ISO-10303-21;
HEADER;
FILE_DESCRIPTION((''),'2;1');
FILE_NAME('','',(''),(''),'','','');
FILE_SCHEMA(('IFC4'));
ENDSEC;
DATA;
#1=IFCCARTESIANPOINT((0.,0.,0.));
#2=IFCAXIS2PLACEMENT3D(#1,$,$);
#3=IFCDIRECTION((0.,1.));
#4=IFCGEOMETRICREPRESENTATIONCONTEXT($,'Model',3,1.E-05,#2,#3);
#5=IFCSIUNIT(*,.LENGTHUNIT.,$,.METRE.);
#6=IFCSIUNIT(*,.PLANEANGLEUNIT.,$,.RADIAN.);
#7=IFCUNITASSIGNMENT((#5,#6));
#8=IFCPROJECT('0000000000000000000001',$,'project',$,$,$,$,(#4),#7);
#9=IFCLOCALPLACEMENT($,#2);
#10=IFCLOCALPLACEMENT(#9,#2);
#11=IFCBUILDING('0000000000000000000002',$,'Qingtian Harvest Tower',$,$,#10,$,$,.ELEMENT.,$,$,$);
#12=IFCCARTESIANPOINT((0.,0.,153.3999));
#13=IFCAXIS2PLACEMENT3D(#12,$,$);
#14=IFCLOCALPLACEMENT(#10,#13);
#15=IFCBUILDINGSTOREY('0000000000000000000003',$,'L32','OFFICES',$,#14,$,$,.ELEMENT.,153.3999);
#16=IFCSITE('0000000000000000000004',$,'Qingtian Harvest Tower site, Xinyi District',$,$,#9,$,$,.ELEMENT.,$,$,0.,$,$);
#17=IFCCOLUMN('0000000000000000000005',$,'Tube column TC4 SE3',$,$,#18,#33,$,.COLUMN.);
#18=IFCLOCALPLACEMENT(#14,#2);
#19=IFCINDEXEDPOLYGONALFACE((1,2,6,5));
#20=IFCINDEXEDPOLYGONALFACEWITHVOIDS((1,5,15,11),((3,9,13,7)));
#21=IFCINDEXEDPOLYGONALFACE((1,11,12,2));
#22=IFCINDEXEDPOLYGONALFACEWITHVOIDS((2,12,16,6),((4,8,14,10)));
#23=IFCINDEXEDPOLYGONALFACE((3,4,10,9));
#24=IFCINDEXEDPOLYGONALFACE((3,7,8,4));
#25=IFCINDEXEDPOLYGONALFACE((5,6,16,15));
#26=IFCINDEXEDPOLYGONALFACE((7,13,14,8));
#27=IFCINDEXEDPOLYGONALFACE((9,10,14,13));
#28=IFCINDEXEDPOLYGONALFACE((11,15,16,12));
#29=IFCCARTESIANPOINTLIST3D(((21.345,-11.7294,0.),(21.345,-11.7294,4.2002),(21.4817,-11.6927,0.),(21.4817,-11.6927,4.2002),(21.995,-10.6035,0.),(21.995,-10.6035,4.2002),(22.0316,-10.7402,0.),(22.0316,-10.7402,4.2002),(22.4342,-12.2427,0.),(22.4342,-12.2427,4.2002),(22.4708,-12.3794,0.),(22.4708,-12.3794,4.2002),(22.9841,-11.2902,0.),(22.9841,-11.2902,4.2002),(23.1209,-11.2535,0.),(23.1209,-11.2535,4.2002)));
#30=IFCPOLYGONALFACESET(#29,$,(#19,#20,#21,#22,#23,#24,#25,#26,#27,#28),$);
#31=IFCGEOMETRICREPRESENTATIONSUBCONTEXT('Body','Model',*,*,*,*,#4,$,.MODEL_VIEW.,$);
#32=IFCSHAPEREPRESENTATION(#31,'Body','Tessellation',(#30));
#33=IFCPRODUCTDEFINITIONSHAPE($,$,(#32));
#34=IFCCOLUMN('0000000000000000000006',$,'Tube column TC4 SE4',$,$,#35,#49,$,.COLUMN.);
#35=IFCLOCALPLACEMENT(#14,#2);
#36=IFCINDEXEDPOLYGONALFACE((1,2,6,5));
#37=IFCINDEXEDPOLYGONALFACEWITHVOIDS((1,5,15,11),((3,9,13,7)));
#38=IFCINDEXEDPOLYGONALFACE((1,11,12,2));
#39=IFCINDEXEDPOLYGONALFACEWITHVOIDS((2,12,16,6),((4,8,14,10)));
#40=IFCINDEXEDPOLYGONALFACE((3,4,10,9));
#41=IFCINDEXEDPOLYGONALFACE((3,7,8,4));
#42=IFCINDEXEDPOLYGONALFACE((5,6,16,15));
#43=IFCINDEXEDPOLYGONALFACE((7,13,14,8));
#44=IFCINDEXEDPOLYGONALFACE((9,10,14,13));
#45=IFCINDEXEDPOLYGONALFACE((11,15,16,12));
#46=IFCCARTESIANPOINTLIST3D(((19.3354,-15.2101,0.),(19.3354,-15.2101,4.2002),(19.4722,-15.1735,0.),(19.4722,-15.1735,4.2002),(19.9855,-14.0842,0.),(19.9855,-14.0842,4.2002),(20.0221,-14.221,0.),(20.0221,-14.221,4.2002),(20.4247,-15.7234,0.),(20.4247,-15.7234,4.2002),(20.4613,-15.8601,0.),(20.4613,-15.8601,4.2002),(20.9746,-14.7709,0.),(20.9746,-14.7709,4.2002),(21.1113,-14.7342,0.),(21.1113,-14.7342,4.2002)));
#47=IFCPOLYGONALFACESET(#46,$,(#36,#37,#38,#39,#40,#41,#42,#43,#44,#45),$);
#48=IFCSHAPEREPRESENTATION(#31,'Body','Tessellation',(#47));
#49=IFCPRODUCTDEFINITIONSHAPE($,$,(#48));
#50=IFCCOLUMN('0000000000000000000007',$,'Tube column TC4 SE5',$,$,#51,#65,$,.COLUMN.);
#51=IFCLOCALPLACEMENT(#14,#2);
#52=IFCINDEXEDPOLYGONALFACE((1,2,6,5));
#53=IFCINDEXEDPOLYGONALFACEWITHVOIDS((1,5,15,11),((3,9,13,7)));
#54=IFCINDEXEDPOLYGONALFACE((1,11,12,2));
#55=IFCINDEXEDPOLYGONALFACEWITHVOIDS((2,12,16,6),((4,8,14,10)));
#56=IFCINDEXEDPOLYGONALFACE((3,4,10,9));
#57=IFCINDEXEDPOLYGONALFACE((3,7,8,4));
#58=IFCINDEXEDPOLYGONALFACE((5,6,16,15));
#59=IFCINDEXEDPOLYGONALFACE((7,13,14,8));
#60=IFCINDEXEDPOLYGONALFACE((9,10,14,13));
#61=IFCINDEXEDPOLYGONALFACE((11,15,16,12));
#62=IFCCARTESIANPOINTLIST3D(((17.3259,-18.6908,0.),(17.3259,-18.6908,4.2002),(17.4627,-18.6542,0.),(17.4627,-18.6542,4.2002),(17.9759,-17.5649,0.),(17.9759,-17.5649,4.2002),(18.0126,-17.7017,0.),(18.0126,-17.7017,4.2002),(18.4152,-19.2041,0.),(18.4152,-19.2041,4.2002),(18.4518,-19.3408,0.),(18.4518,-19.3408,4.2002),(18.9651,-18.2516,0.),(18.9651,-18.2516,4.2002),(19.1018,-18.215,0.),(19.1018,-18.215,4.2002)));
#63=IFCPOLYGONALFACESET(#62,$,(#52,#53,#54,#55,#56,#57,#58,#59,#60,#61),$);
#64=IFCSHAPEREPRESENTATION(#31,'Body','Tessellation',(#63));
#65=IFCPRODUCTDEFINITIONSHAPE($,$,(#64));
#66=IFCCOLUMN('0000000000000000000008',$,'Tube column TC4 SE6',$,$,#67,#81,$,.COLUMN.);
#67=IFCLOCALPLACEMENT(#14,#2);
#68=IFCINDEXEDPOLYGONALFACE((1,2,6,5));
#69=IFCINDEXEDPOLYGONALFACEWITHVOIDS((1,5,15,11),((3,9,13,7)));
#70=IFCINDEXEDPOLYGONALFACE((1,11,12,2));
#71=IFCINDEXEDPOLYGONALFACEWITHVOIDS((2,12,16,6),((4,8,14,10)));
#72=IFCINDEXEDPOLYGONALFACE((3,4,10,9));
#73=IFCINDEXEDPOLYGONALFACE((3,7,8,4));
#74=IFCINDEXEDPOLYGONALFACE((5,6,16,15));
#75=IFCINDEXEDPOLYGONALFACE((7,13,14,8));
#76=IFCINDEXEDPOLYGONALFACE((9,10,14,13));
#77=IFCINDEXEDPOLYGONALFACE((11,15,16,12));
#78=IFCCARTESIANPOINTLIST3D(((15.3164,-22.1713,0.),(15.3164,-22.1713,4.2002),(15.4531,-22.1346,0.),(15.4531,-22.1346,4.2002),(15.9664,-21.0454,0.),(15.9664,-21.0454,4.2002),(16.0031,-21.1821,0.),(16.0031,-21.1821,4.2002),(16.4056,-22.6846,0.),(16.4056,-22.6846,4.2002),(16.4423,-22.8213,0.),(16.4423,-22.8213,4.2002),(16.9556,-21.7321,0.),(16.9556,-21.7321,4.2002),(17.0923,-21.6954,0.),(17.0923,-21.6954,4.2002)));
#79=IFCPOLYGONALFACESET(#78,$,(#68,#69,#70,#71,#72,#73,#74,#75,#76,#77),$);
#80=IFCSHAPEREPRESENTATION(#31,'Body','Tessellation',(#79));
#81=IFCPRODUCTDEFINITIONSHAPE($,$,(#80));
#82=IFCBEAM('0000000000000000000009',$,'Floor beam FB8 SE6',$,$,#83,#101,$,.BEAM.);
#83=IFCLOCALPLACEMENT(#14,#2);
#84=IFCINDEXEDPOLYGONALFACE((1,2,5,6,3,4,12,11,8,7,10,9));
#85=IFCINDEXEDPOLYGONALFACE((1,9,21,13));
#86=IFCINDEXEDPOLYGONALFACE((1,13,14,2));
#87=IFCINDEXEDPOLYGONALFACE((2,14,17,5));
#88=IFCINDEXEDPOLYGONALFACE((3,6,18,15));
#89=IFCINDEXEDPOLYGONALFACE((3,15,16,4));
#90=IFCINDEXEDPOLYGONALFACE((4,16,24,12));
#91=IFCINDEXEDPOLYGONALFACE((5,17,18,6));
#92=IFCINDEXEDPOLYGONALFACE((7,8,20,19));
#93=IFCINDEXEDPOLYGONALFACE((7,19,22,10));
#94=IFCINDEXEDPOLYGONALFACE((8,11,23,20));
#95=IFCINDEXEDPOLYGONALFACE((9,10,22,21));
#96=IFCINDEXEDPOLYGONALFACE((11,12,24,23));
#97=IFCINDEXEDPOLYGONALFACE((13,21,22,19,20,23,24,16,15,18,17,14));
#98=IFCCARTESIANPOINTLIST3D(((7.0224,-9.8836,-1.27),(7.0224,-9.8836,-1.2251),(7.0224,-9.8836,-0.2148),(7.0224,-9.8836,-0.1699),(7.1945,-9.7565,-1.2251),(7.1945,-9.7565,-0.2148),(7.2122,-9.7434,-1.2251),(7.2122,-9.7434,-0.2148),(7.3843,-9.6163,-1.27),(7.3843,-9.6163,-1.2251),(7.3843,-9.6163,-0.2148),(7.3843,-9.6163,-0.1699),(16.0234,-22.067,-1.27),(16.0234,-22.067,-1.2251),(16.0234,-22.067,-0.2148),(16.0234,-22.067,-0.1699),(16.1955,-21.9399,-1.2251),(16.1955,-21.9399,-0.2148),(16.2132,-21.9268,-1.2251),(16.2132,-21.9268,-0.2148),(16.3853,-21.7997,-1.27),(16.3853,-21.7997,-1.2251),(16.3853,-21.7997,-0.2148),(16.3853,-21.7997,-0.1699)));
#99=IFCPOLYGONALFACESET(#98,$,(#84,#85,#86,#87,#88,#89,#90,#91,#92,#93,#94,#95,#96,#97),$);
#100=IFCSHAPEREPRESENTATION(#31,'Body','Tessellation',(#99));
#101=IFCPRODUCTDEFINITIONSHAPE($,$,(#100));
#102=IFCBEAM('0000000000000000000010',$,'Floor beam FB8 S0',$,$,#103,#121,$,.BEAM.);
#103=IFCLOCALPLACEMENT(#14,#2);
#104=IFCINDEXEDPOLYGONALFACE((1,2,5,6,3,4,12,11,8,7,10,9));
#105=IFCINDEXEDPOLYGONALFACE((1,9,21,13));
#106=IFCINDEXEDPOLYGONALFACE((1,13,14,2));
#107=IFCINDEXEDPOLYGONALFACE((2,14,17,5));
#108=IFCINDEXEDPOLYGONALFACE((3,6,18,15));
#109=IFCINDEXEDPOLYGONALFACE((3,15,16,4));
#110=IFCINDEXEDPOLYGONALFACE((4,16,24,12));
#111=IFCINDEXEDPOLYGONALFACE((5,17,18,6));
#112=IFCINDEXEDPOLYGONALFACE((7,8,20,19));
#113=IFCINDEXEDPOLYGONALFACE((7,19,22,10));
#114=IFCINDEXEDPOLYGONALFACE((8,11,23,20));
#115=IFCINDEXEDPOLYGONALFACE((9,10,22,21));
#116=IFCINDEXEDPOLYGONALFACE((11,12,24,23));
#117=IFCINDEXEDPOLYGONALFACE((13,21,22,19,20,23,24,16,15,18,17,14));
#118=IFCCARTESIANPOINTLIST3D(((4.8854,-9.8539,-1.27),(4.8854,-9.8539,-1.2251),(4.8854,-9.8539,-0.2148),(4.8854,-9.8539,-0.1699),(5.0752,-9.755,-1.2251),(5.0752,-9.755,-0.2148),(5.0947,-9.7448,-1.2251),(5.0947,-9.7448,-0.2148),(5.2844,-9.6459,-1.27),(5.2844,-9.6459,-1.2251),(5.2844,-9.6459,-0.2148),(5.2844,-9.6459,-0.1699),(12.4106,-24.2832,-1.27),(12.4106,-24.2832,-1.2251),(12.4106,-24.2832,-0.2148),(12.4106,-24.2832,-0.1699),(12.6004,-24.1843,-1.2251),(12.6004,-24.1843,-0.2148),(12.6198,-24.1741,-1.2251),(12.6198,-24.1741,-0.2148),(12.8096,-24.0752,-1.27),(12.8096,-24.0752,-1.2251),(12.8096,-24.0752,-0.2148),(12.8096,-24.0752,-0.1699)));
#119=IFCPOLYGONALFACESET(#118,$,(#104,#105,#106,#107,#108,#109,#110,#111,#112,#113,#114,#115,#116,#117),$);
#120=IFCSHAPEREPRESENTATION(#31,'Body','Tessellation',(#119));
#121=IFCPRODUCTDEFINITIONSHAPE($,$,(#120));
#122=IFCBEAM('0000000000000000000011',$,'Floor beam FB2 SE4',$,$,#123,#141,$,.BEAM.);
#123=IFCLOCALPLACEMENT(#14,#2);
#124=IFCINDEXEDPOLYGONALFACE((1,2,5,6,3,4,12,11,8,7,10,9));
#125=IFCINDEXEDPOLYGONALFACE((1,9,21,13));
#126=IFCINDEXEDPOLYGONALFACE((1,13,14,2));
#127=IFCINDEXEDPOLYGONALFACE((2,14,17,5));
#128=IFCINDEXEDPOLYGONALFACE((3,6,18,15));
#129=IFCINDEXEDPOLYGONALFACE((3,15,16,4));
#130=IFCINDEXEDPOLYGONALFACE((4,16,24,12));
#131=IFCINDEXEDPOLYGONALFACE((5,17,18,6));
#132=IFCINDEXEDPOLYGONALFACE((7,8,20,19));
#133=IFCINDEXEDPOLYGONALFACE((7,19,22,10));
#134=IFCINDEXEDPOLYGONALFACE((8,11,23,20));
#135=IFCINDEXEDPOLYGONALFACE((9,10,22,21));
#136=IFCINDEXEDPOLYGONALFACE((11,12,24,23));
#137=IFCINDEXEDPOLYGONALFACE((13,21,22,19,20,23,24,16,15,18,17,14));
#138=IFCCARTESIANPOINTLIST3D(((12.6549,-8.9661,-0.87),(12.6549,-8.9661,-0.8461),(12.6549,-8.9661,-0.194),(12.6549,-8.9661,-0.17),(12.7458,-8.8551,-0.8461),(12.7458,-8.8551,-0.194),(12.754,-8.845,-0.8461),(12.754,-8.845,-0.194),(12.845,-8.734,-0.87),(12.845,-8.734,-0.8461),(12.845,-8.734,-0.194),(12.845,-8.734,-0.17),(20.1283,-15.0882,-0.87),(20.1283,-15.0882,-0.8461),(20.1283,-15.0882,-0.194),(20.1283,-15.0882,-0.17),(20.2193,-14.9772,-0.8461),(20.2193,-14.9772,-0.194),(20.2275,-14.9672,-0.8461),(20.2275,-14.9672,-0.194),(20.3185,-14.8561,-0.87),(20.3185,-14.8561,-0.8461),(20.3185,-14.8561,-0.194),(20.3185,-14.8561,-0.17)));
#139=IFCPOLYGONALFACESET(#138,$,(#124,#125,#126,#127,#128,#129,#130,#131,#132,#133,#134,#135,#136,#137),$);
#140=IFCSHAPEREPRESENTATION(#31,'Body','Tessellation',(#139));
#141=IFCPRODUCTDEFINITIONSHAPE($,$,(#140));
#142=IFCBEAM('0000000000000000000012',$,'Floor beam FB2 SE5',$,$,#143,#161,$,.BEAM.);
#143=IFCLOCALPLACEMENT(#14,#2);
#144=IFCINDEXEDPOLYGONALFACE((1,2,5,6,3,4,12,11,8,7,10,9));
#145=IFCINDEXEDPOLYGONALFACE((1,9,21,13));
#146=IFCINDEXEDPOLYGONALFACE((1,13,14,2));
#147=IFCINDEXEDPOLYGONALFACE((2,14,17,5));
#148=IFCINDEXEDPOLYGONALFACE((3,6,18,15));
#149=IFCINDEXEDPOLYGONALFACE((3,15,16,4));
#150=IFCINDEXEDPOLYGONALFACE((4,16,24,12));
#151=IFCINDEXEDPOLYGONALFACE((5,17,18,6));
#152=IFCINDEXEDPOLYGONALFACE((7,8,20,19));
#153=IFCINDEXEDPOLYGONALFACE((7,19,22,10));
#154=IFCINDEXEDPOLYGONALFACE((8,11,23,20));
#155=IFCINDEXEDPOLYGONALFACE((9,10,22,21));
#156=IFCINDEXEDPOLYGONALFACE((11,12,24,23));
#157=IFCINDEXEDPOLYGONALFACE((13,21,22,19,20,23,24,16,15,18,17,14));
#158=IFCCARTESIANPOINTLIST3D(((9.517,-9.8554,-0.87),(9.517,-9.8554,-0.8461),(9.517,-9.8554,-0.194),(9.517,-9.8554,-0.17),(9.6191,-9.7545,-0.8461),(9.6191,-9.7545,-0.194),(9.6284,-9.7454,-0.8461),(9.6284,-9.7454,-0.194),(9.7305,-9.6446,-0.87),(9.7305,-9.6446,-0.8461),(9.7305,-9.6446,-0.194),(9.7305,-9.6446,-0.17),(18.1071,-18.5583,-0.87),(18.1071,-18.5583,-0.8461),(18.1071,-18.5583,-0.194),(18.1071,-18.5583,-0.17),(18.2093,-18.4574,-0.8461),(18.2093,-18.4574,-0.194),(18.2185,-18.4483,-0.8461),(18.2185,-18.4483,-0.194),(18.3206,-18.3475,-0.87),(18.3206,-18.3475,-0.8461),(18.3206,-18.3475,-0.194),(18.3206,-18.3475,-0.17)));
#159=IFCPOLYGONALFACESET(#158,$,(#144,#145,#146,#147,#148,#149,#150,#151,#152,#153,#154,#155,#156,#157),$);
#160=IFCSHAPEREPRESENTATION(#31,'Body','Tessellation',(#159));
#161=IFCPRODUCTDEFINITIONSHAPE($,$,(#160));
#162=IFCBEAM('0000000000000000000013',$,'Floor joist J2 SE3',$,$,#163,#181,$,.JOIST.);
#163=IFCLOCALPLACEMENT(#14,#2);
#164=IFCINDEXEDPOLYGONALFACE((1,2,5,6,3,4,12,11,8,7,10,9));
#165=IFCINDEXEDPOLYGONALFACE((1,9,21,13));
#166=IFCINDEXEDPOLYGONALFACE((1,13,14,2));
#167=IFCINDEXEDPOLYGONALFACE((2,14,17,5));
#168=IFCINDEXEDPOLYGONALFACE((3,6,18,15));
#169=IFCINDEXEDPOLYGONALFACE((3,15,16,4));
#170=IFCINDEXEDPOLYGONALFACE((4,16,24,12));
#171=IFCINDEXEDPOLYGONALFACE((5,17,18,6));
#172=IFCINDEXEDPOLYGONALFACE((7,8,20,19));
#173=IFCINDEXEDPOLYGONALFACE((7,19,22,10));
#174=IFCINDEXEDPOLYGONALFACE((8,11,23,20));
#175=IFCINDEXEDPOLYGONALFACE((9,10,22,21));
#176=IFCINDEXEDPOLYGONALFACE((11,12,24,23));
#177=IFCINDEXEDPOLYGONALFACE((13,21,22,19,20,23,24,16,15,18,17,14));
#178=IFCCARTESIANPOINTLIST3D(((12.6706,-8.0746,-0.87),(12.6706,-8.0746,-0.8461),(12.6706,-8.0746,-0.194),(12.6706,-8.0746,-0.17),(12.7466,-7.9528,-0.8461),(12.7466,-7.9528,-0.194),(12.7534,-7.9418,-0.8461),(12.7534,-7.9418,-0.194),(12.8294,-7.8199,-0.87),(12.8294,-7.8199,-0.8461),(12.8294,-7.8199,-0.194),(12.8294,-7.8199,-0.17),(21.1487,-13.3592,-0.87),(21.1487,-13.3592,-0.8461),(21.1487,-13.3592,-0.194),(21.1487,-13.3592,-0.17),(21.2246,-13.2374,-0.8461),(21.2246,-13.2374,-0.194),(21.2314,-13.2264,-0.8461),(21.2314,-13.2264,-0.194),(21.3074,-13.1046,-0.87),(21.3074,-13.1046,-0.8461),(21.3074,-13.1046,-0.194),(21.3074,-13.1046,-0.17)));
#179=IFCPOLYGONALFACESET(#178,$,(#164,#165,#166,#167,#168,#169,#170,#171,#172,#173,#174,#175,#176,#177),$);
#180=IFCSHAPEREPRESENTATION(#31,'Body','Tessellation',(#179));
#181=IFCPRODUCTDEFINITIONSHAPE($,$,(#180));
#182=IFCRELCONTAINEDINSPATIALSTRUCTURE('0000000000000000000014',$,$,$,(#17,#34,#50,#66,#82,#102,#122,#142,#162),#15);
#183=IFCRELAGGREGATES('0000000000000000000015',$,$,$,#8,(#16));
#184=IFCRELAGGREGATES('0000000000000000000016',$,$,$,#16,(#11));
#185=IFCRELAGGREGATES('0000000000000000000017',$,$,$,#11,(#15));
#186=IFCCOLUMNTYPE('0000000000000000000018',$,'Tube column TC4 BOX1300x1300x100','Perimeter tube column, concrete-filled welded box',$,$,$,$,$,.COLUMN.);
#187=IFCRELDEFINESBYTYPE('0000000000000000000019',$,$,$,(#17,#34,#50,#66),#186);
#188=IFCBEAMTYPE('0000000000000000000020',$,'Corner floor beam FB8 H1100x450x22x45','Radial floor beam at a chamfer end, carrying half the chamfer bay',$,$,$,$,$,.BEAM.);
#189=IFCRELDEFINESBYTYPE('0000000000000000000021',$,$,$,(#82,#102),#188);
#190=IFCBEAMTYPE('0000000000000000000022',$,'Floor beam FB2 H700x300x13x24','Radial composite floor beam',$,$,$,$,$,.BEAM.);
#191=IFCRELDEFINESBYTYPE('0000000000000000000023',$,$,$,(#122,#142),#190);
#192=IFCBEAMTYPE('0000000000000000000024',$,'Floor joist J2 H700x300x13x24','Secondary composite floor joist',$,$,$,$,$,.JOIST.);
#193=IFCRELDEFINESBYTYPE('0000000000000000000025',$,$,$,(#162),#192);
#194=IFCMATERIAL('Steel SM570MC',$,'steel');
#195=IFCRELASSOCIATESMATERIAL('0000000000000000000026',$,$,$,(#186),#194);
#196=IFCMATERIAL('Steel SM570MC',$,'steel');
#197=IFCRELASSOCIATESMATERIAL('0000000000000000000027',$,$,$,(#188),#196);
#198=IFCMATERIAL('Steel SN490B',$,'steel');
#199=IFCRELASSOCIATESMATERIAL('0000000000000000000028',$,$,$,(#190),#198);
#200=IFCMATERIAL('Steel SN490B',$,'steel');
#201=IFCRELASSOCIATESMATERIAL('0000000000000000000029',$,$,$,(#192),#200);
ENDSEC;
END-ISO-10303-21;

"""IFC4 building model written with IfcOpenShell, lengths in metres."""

from ifc_helpers import new_model, si_unit, direction, frame, origin, origin_2d, place, context, subcontext, project, spatial, hollow_rectangle, i_section, extrude, material, material_profile, profile_set, type_object, element, save


model = new_model("IFC4")

# Units and contexts
model_context = context("Model", 3, precision=1e-05, world=origin(), true_north=direction((0.0, 1.0)))
body_context = subcontext(model_context, "Body", "Model", "MODEL_VIEW")
ifc_project = project(units=[si_unit("LENGTHUNIT", "METRE"), si_unit("PLANEANGLEUNIT", "RADIAN")], contexts=[model_context])

# Site, building, storey
site_placement = place(None, origin())
site = spatial("IfcSite", under=ifc_project, at=site_placement, Name="Qingtian Harvest Tower site, Xinyi District", CompositionType="ELEMENT", RefElevation=0.0)
building_placement = place(site_placement, origin())
building = spatial("IfcBuilding", under=site, at=building_placement, Name="Qingtian Harvest Tower", CompositionType="ELEMENT")
storey_placement = place(building_placement, frame((0.0, 0.0, 153.3999)))
storey = spatial("IfcBuildingStorey", under=building, at=storey_placement, Name="L32", Description="OFFICES", CompositionType="ELEMENT", Elevation=153.3999)

# Columns
ifc_material_1 = material(Name="Steel SM570MC", Category="steel")
ifc_material_profile_1 = material_profile(ifc_material_1, hollow_rectangle(XDim=1.3, YDim=1.3, WallThickness=0.1001, at=origin_2d()), Name="BOX1300x1300x100")
ifc_profile_set_1 = profile_set([ifc_material_profile_1], Name="Steel SM570MC")
column_type = type_object("IfcColumnType", Name="Tube column TC4 BOX1300x1300x100", Description="Perimeter tube column, concrete-filled welded box", PredefinedType="COLUMN", material=ifc_profile_set_1)
for number, where, z_axis, x_axis, name in (
    (1, (22.2329, -11.4915, 0.0), (0.0, 0.0, 1.0), (0.5, 0.866025, 0.0), "Tube column TC4 SE3"),
    (2, (20.2234, -14.9722, 0.0), (0.0, 0.0, 1.0), (0.5, 0.866025, 0.0), "Tube column TC4 SE4"),
    (3, (18.2139, -18.4529, 0.0), (0.0, 0.0, 1.0), (0.5, 0.866025, 0.0), "Tube column TC4 SE5"),
    (4, (16.2043, -21.9333, 0.0), (0.0, 0.0, 1.0), (0.5, 0.866025, 0.0), "Tube column TC4 SE6"),
):
    element("IfcColumn", number, at=place(storey_placement, frame(where, z_axis=z_axis, x_axis=x_axis)), inside=storey, type_object=column_type, Name=name, PredefinedType="COLUMN", context=body_context, shape_type="SweptSolid", body=[
        extrude(hollow_rectangle(XDim=1.3, YDim=1.3, WallThickness=0.1001, at=origin_2d()), origin(), (0.0, 0.0, 1.0), 4.2002),
    ])

# Beams
ifc_material_2 = material(Name="Steel SM570MC", Category="steel")
ifc_material_profile_2 = material_profile(ifc_material_2, i_section(OverallWidth=0.45, OverallDepth=1.1001, WebThickness=0.022, FlangeThickness=0.0449, at=origin_2d()), Name="H1100x450x22x45")
ifc_profile_set_2 = profile_set([ifc_material_profile_2], Name="Steel SM570MC")
beam_type_1 = type_object("IfcBeamType", Name="Corner floor beam FB8 H1100x450x22x45", Description="Radial floor beam at a chamfer end, carrying half the chamfer bay", PredefinedType="BEAM", material=ifc_profile_set_2)
beam_1_placement = place(storey_placement, frame((16.2043, -21.9333, -0.72), z_axis=(-0.594216, 0.804306, 0.0), x_axis=(-0.804306, -0.594216, 0.0)))
element("IfcBeam", 5, at=beam_1_placement, inside=storey, type_object=beam_type_1, Name="Floor beam FB8 SE6", PredefinedType="BEAM", context=body_context, shape_type="SweptSolid", body=[
    extrude(i_section(OverallWidth=0.45, OverallDepth=1.1001, WebThickness=0.022, FlangeThickness=0.0449, at=origin_2d()), origin(), (0.0, 0.0, 1.0), 15.1477),
])
beam_2_placement = place(storey_placement, frame((12.6101, -24.1792, -0.72), z_axis=(-0.462415, 0.886664, 0.0), x_axis=(-0.886664, -0.462415, 0.0)))
element("IfcBeam", 6, at=beam_2_placement, inside=storey, type_object=beam_type_1, Name="Floor beam FB8 S0", PredefinedType="BEAM", context=body_context, shape_type="SweptSolid", body=[
    extrude(i_section(OverallWidth=0.45, OverallDepth=1.1001, WebThickness=0.022, FlangeThickness=0.0449, at=origin_2d()), origin(), (0.0, 0.0, 1.0), 16.2737),
])
ifc_material_3 = material(Name="Steel SN490B", Category="steel")
ifc_material_profile_3 = material_profile(ifc_material_3, i_section(OverallWidth=0.3, OverallDepth=0.7, WebThickness=0.0129, FlangeThickness=0.0239, at=origin_2d()), Name="H700x300x13x24")
ifc_profile_set_3 = profile_set([ifc_material_profile_3], Name="Steel SN490B")
beam_type_2 = type_object("IfcBeamType", Name="Floor beam FB2 H700x300x13x24", Description="Radial composite floor beam", PredefinedType="BEAM", material=ifc_profile_set_3)
beam_3_placement = place(storey_placement, frame((20.2234, -14.9722, -0.52), z_axis=(-0.773578, 0.633701, 0.0), x_axis=(-0.633701, -0.773578, 0.0)))
element("IfcBeam", 7, at=beam_3_placement, inside=storey, type_object=beam_type_2, Name="Floor beam FB2 SE4", PredefinedType="BEAM", context=body_context, shape_type="SweptSolid", body=[
    extrude(i_section(OverallWidth=0.3, OverallDepth=0.7, WebThickness=0.0129, FlangeThickness=0.0239, at=origin_2d()), origin(), (0.0, 0.0, 1.0), 9.6609),
])
beam_4_placement = place(storey_placement, frame((18.2139, -18.4529, -0.52), z_axis=(-0.70248, 0.711704, 0.0), x_axis=(-0.711704, -0.70248, 0.0)))
element("IfcBeam", 8, at=beam_4_placement, inside=storey, type_object=beam_type_2, Name="Floor beam FB2 SE5", PredefinedType="BEAM", context=body_context, shape_type="SweptSolid", body=[
    extrude(i_section(OverallWidth=0.3, OverallDepth=0.7, WebThickness=0.0129, FlangeThickness=0.0239, at=origin_2d()), origin(), (0.0, 0.0, 1.0), 12.2283),
])
ifc_material_4 = material(Name="Steel SN490B", Category="steel")
ifc_material_profile_4 = material_profile(ifc_material_4, i_section(OverallWidth=0.3, OverallDepth=0.7, WebThickness=0.0129, FlangeThickness=0.0239, at=origin_2d()), Name="H700x300x13x24")
ifc_profile_set_4 = profile_set([ifc_material_profile_4], Name="Steel SN490B")
beam_type_3 = type_object("IfcBeamType", Name="Floor joist J2 H700x300x13x24", Description="Secondary composite floor joist", PredefinedType="JOIST", material=ifc_profile_set_4)
beam_5_placement = place(storey_placement, frame((21.228, -13.2319, -0.52), z_axis=(-0.848632, 0.528984, 0.0), x_axis=(-0.528984, -0.848632, 0.0)))
element("IfcBeam", 9, at=beam_5_placement, inside=storey, type_object=beam_type_3, Name="Floor joist J2 SE3", PredefinedType="JOIST", context=body_context, shape_type="SweptSolid", body=[
    extrude(i_section(OverallWidth=0.3, OverallDepth=0.7, WebThickness=0.0129, FlangeThickness=0.0239, at=origin_2d()), origin(), (0.0, 0.0, 1.0), 9.9902),
])

save(model, "model.ifc")
